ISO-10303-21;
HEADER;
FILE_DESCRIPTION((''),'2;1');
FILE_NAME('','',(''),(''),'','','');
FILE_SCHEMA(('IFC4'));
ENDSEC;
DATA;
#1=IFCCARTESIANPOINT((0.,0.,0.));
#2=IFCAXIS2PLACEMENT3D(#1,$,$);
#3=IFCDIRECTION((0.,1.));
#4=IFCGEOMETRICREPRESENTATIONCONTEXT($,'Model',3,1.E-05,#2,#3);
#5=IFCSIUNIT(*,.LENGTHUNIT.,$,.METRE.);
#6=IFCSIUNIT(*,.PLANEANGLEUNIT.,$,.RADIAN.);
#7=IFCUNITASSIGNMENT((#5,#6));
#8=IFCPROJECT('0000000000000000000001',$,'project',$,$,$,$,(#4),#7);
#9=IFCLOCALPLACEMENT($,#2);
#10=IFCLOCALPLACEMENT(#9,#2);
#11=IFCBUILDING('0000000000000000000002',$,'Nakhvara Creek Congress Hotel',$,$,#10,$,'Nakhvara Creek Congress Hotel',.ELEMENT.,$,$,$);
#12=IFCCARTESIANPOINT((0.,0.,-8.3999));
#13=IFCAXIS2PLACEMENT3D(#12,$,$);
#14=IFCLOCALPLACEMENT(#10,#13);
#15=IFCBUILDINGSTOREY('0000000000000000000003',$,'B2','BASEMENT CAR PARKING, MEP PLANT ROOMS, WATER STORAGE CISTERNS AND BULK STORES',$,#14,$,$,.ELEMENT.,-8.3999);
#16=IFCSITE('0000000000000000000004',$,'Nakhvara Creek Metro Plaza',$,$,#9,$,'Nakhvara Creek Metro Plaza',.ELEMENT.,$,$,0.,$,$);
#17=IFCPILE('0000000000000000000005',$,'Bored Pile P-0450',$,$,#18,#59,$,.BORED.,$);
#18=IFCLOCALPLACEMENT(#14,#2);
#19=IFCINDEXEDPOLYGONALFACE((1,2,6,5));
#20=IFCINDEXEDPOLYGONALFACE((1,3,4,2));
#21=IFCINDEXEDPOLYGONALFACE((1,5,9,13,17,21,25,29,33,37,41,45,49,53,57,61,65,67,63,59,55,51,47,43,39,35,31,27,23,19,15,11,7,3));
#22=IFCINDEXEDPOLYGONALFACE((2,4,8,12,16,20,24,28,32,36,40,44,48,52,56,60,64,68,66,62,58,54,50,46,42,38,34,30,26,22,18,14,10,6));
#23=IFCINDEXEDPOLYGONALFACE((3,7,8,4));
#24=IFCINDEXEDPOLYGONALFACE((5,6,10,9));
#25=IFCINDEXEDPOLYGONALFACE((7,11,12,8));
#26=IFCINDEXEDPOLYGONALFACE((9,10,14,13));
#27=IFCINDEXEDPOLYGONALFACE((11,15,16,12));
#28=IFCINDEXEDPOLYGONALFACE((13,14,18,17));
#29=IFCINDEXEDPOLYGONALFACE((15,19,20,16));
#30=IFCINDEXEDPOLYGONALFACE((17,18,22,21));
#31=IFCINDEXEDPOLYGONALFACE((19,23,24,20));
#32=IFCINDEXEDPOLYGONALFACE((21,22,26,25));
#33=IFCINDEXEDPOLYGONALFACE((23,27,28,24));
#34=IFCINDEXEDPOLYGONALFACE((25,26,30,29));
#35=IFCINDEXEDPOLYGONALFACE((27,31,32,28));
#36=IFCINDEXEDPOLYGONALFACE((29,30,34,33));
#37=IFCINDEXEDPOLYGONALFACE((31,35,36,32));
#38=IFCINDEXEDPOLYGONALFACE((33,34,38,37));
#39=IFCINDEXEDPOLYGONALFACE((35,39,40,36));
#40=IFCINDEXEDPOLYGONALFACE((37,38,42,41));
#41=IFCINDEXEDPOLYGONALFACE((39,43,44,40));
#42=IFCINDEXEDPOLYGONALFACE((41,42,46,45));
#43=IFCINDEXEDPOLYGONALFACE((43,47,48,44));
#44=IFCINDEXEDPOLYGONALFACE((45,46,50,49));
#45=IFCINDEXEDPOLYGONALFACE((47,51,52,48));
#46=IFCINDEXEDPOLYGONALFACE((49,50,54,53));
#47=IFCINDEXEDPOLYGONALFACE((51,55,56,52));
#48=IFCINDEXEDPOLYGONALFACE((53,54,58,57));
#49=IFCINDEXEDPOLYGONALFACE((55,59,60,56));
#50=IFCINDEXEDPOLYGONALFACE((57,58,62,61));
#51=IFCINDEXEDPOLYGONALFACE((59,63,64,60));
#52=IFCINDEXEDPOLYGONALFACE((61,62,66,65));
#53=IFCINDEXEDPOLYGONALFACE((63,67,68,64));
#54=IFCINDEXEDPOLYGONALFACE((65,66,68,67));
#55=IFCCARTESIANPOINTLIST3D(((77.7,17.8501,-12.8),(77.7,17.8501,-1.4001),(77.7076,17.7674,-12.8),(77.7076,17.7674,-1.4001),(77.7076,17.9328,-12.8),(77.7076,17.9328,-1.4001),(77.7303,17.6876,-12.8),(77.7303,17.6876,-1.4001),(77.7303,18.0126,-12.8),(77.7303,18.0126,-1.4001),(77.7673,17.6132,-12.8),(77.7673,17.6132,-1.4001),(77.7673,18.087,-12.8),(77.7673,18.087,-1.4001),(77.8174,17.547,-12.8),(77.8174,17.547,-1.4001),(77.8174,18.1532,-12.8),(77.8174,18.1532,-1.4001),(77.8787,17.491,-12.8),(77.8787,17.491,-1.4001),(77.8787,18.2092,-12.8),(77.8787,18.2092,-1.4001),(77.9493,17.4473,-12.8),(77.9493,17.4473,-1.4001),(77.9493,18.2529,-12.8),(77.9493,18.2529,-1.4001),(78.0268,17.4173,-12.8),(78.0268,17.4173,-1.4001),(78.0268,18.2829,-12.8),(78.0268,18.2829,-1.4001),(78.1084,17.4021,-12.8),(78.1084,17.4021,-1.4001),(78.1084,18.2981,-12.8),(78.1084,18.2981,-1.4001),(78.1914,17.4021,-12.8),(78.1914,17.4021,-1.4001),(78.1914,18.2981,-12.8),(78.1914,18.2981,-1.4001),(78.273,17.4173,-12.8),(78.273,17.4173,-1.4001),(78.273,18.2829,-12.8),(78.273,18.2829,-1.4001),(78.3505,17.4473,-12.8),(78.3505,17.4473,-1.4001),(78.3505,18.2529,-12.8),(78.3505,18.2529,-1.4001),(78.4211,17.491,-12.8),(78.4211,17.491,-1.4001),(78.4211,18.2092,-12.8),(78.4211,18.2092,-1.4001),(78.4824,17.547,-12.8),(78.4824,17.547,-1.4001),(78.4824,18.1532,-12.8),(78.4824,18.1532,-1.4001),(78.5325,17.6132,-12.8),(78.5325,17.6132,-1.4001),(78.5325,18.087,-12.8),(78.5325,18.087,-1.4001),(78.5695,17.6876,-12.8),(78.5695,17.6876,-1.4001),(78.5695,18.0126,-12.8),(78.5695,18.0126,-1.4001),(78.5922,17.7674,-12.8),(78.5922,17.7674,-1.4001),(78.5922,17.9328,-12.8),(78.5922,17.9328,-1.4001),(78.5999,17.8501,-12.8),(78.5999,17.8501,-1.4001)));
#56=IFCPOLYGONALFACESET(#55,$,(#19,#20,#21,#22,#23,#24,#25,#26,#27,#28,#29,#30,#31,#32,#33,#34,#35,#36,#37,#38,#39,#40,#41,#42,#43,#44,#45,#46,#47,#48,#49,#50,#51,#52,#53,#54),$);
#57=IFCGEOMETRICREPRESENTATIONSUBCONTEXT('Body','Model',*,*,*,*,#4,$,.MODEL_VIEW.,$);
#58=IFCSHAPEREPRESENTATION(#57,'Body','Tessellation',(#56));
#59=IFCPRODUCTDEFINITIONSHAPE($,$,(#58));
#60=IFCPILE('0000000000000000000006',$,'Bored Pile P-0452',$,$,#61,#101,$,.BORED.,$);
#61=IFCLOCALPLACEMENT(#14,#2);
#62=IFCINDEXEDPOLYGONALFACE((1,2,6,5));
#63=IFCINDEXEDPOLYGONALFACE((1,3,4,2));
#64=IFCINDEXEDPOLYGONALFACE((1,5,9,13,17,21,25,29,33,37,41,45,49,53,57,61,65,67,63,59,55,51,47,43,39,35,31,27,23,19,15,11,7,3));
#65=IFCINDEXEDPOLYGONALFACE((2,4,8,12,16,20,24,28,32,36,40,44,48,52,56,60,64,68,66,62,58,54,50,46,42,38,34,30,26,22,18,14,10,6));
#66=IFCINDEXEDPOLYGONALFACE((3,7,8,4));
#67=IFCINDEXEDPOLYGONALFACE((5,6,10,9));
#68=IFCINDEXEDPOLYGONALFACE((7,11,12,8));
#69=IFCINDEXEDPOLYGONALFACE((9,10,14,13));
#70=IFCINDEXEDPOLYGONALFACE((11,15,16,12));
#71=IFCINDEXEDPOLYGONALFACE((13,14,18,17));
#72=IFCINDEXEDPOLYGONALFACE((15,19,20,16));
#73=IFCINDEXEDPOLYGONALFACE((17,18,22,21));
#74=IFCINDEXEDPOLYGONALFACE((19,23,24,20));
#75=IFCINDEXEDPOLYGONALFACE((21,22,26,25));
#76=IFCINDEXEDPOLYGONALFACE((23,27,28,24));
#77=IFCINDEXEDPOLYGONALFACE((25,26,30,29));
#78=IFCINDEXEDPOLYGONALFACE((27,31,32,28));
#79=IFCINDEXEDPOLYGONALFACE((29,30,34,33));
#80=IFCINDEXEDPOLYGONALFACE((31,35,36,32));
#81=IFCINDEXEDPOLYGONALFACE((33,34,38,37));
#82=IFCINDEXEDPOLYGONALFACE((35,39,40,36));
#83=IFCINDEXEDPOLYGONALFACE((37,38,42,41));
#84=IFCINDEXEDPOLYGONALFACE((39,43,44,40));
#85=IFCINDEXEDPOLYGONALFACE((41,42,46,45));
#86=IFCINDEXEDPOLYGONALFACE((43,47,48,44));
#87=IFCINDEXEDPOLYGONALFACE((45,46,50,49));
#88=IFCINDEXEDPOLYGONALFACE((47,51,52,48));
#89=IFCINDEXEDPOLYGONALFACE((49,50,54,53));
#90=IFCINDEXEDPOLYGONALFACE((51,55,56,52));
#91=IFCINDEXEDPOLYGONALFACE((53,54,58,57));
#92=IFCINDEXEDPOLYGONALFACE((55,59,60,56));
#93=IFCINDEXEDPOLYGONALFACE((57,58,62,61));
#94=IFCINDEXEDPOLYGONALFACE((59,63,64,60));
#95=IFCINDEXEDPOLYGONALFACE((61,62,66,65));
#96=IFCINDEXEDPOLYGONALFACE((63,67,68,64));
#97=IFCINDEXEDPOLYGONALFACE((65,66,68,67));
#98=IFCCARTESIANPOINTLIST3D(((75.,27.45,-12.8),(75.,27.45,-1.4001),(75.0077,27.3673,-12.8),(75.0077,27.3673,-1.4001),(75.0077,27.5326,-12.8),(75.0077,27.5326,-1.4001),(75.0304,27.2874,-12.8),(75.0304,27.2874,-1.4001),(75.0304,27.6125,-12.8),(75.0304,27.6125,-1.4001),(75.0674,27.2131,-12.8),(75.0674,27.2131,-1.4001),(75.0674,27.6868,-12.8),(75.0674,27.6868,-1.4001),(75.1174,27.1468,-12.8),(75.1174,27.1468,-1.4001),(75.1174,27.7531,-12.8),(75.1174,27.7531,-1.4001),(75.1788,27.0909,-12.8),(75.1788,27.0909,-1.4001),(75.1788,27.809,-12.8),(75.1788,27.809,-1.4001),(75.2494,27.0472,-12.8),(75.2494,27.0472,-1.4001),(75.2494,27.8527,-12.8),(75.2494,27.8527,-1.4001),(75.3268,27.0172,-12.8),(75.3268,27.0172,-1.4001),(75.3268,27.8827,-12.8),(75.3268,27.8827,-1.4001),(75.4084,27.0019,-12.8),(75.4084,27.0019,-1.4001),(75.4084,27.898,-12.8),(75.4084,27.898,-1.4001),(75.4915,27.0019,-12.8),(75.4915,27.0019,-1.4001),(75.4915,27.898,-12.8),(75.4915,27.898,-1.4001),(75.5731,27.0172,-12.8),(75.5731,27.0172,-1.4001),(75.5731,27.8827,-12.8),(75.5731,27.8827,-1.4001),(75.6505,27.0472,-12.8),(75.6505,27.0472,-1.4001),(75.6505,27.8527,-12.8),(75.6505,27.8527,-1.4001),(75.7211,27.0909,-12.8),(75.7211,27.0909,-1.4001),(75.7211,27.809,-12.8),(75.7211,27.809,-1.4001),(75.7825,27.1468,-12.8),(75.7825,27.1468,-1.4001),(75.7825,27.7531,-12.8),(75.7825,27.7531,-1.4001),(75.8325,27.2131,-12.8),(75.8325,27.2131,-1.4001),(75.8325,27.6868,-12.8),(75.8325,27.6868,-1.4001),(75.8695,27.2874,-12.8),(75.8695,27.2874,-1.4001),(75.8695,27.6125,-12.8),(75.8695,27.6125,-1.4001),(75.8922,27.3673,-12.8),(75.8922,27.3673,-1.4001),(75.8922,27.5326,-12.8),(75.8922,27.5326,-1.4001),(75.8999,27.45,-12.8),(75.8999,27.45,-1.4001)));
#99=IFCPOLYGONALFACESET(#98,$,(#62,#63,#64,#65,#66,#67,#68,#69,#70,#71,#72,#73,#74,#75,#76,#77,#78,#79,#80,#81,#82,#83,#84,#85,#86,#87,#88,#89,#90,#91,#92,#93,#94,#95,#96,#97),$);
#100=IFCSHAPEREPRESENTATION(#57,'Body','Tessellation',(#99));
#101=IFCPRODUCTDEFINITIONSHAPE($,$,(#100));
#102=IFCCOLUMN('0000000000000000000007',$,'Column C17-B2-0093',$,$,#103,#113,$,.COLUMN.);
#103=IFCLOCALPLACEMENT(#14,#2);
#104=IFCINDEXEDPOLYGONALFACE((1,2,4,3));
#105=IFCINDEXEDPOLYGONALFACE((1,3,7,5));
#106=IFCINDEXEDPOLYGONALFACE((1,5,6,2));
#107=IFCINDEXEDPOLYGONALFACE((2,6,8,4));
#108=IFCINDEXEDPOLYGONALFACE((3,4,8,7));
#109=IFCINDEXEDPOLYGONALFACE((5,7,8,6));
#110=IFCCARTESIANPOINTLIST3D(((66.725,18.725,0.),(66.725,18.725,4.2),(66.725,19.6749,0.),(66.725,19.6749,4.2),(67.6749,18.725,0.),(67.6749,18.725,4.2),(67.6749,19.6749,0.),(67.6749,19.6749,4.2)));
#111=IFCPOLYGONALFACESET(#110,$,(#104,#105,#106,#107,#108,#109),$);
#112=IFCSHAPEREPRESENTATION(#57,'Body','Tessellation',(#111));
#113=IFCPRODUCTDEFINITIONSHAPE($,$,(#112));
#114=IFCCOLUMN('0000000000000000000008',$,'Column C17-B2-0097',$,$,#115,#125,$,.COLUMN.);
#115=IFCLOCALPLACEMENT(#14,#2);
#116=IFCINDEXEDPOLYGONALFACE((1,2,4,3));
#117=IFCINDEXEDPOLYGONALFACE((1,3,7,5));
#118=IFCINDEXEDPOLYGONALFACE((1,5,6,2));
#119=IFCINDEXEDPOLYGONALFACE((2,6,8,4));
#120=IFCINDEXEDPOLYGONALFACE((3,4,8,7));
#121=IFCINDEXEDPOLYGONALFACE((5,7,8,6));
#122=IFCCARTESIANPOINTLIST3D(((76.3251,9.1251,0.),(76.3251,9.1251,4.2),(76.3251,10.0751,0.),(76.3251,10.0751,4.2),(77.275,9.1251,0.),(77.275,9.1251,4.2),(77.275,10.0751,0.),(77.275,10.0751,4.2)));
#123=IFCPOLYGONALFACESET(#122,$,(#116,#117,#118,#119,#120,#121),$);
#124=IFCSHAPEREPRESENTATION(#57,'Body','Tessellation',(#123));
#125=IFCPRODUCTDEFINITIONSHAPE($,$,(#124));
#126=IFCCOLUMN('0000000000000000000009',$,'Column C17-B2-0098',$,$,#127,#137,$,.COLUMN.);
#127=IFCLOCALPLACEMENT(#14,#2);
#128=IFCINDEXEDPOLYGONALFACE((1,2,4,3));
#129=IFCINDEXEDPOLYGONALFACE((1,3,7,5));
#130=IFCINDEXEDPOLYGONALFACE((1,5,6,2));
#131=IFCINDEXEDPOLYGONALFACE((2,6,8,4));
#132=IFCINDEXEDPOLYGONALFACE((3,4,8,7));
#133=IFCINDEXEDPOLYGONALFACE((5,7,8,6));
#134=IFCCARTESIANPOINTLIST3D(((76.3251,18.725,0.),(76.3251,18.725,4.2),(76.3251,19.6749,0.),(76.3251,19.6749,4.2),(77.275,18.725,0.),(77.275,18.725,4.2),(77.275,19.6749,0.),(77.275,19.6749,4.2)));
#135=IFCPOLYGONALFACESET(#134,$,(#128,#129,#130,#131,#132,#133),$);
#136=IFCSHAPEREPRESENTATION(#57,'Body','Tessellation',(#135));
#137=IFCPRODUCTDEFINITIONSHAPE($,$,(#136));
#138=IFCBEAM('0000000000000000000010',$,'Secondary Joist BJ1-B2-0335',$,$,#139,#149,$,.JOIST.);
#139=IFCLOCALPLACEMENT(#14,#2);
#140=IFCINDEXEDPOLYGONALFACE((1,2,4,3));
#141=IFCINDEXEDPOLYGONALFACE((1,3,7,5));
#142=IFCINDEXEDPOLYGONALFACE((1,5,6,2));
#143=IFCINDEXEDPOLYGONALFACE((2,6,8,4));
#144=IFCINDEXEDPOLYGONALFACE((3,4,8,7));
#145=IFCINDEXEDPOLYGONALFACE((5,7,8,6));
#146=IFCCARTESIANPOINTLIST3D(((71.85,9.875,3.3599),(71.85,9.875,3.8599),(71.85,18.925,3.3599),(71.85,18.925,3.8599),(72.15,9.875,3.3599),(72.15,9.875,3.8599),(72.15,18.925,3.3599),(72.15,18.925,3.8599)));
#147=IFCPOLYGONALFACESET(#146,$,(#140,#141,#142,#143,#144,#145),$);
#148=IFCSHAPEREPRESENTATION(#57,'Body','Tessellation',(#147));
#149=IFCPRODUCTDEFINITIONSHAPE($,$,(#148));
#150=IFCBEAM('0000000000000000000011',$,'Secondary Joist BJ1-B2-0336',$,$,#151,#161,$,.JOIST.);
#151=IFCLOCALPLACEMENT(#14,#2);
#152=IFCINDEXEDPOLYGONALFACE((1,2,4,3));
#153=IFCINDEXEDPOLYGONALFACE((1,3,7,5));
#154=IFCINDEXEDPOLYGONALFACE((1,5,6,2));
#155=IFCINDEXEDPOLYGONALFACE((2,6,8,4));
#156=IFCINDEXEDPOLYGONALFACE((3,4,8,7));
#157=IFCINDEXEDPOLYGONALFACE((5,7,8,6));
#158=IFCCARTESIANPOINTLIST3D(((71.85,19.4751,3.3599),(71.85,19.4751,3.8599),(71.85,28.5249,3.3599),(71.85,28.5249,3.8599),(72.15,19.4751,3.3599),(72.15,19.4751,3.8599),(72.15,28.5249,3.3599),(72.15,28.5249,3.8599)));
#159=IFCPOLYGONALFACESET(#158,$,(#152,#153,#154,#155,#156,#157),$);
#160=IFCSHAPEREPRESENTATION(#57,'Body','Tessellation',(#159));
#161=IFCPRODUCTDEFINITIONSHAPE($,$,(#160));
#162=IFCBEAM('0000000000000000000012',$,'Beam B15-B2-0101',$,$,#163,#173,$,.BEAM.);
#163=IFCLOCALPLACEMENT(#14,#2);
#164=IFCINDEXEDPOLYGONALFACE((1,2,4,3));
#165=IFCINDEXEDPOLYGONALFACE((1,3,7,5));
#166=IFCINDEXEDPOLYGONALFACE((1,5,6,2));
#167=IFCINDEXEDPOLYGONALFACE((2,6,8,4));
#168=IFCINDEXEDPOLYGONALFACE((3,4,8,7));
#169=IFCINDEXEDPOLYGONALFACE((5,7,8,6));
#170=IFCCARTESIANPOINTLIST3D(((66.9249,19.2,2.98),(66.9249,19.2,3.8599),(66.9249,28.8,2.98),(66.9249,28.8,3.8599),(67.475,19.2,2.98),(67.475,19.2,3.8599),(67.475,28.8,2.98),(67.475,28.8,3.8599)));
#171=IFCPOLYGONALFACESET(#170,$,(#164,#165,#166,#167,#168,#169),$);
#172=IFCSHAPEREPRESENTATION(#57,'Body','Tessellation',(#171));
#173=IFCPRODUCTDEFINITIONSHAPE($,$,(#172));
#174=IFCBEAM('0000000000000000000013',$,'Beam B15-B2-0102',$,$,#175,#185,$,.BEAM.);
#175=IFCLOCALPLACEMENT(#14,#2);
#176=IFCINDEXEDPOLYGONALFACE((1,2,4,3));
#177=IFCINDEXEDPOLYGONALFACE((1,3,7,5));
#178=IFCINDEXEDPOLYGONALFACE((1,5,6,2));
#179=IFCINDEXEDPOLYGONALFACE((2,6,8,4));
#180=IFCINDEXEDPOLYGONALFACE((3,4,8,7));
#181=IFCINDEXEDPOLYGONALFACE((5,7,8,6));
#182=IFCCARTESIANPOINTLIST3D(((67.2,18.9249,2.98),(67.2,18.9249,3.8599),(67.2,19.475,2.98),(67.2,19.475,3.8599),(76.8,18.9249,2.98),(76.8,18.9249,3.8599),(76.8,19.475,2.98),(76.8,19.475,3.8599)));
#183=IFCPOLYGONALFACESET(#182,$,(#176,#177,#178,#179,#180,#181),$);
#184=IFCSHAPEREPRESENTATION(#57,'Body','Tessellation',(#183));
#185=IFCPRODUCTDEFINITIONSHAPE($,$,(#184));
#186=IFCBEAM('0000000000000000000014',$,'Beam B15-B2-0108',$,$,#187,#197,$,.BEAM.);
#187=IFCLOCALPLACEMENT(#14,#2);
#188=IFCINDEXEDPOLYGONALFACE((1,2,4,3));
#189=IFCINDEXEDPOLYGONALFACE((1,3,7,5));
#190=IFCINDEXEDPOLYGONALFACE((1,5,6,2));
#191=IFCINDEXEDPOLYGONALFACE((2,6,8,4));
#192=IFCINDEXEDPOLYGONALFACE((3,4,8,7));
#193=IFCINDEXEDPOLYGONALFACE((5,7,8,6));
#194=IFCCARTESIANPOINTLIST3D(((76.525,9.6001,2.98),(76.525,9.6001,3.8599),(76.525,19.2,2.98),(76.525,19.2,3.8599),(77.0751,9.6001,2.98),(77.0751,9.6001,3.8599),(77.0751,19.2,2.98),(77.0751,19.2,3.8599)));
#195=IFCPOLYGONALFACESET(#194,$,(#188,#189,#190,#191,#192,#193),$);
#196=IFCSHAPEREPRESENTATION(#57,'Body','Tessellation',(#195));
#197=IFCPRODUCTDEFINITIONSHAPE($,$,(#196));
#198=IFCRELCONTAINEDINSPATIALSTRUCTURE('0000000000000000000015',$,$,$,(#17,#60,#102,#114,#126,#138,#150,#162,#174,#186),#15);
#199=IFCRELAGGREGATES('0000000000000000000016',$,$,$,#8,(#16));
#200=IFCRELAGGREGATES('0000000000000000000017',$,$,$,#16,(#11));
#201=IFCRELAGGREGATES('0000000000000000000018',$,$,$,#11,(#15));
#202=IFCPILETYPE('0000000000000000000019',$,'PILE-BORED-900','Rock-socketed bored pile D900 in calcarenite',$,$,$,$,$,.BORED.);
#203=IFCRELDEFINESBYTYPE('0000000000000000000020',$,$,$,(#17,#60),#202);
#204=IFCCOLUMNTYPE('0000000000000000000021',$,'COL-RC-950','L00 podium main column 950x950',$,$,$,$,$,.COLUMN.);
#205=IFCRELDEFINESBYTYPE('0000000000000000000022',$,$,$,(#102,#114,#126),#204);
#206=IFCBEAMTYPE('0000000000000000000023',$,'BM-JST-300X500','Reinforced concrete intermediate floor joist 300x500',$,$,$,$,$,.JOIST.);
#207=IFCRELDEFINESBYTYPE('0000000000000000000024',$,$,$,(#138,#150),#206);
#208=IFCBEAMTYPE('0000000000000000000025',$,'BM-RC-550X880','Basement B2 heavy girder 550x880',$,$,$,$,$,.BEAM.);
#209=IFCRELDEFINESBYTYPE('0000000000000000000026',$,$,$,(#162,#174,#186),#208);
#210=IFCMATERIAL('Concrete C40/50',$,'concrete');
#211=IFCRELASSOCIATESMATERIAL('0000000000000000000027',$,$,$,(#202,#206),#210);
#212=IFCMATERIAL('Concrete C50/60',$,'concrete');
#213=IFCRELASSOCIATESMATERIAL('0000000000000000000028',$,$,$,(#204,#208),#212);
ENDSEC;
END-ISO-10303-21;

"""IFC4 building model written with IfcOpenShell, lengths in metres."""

from ifc_helpers import new_model, si_unit, direction, frame, origin, origin_2d, place, context, subcontext, project, spatial, rectangle, circle, extrude, material, material_profile, profile_set, type_object, element, save


model = new_model("IFC4")

# Units and contexts
model_context = context("Model", 3, precision=1e-05, world=origin(), true_north=direction((0.0, 1.0)))
body_context = subcontext(model_context, "Body", "Model", "MODEL_VIEW")
ifc_project = project(units=[si_unit("LENGTHUNIT", "METRE"), si_unit("PLANEANGLEUNIT", "RADIAN")], contexts=[model_context])

# Site, building, storey
site_placement = place(None, origin())
site = spatial("IfcSite", under=ifc_project, at=site_placement, Name="Nakhvara Creek Metro Plaza", LongName="Nakhvara Creek Metro Plaza", CompositionType="ELEMENT", RefElevation=0.0)
building_placement = place(site_placement, origin())
building = spatial("IfcBuilding", under=site, at=building_placement, Name="Nakhvara Creek Congress Hotel", LongName="Nakhvara Creek Congress Hotel", CompositionType="ELEMENT")
storey_placement = place(building_placement, frame((0.0, 0.0, -8.3999)))
storey = spatial("IfcBuildingStorey", under=building, at=storey_placement, Name="B2", Description="BASEMENT CAR PARKING, MEP PLANT ROOMS, WATER STORAGE CISTERNS AND BULK STORES", CompositionType="ELEMENT", Elevation=-8.3999)

# Shared definitions
ifc_material_1 = material(Name="Concrete C40/50", Category="concrete")

# Piles
ifc_material_profile_1 = material_profile(ifc_material_1, circle(Radius=0.45, at=origin_2d()), Name="BORED PILE D900", Category="LoadBearing")
ifc_profile_set_1 = profile_set([ifc_material_profile_1], Name="Concrete C40/50")
pile_type = type_object("IfcPileType", Name="PILE-BORED-900", Description="Rock-socketed bored pile D900 in calcarenite", PredefinedType="BORED", material=ifc_profile_set_1)
for number, where, z_axis, x_axis, name in (
    (1, (78.1499, 17.8501, -1.4001), (0.0, 0.0, -1.0), (1.0, 0.0, 0.0), "Bored Pile P-0450"),
    (2, (75.45, 27.45, -1.4001), (0.0, 0.0, -1.0), (1.0, 0.0, 0.0), "Bored Pile P-0452"),
):
    element("IfcPile", number, at=place(storey_placement, frame(where, z_axis=z_axis, x_axis=x_axis)), inside=storey, type_object=pile_type, Name=name, PredefinedType="BORED", context=body_context, shape_type="SweptSolid", body=[
        extrude(circle(Radius=0.45, at=origin_2d()), origin(), (0.0, 0.0, 1.0), 11.3999),
    ])

# Columns
ifc_material_2 = material(Name="Concrete C50/60", Category="concrete")
ifc_material_profile_2 = material_profile(ifc_material_2, rectangle(XDim=0.95, YDim=0.95, at=origin_2d()), Name="RC-COL 950x950", Category="LoadBearing")
ifc_profile_set_2 = profile_set([ifc_material_profile_2], Name="Concrete C50/60")
column_type = type_object("IfcColumnType", Name="COL-RC-950", Description="L00 podium main column 950x950", PredefinedType="COLUMN", material=ifc_profile_set_2)
for number, where, z_axis, x_axis, name in (
    (3, (67.2, 19.2, 0.0), (0.0, 0.0, 1.0), (1.0, 0.0, 0.0), "Column C17-B2-0093"),
    (4, (76.8, 9.6001, 0.0), (0.0, 0.0, 1.0), (1.0, 0.0, 0.0), "Column C17-B2-0097"),
    (5, (76.8, 19.2, 0.0), (0.0, 0.0, 1.0), (1.0, 0.0, 0.0), "Column C17-B2-0098"),
):
    element("IfcColumn", number, at=place(storey_placement, frame(where, z_axis=z_axis, x_axis=x_axis)), inside=storey, type_object=column_type, Name=name, PredefinedType="COLUMN", context=body_context, shape_type="SweptSolid", body=[
        extrude(rectangle(XDim=0.95, YDim=0.95, at=origin_2d()), origin(), (0.0, 0.0, 1.0), 4.2),
    ])

# Beams
ifc_material_profile_3 = material_profile(ifc_material_1, rectangle(XDim=0.3, YDim=0.5, at=origin_2d()), Name="RC-BM 300x500", Category="LoadBearing")
ifc_profile_set_3 = profile_set([ifc_material_profile_3], Name="Concrete C40/50")
beam_type_1 = type_object("IfcBeamType", Name="BM-JST-300X500", Description="Reinforced concrete intermediate floor joist 300x500", PredefinedType="JOIST", material=ifc_profile_set_3)
beam_1_placement = place(storey_placement, frame((72.0, 9.875, 3.6099), z_axis=(0.0, 1.0, 0.0), x_axis=(-1.0, 0.0, 0.0)))
element("IfcBeam", 6, at=beam_1_placement, inside=storey, type_object=beam_type_1, Name="Secondary Joist BJ1-B2-0335", PredefinedType="JOIST", context=body_context, shape_type="SweptSolid", body=[
    extrude(rectangle(XDim=0.3, YDim=0.5, at=origin_2d()), origin(), (0.0, 0.0, 1.0), 9.05),
])
beam_2_placement = place(storey_placement, frame((72.0, 19.4751, 3.6099), z_axis=(0.0, 1.0, 0.0), x_axis=(-1.0, 0.0, 0.0)))
element("IfcBeam", 7, at=beam_2_placement, inside=storey, type_object=beam_type_1, Name="Secondary Joist BJ1-B2-0336", PredefinedType="JOIST", context=body_context, shape_type="SweptSolid", body=[
    extrude(rectangle(XDim=0.3, YDim=0.5, at=origin_2d()), origin(), (0.0, 0.0, 1.0), 9.0498),
])
ifc_material_profile_4 = material_profile(ifc_material_2, rectangle(XDim=0.55, YDim=0.8799, at=origin_2d()), Name="RC-BM 550x880", Category="LoadBearing")
ifc_profile_set_4 = profile_set([ifc_material_profile_4], Name="Concrete C50/60")
beam_type_2 = type_object("IfcBeamType", Name="BM-RC-550X880", Description="Basement B2 heavy girder 550x880", PredefinedType="BEAM", material=ifc_profile_set_4)
for number, where, z_axis, x_axis, name in (
    (8, (67.2, 19.2, 3.4199), (0.0, 1.0, 0.0), (-1.0, 0.0, 0.0), "Beam B15-B2-0101"),
    (9, (67.2, 19.2, 3.4199), (1.0, 0.0, 0.0), (0.0, 1.0, 0.0), "Beam B15-B2-0102"),
):
    element("IfcBeam", number, at=place(storey_placement, frame(where, z_axis=z_axis, x_axis=x_axis)), inside=storey, type_object=beam_type_2, Name=name, PredefinedType="BEAM", context=body_context, shape_type="SweptSolid", body=[
        extrude(rectangle(XDim=0.55, YDim=0.8799, at=origin_2d()), origin(), (0.0, 0.0, 1.0), 9.6001),
    ])
for number, where, z_axis, x_axis, name in (
    (10, (76.8, 9.6001, 3.4199), (0.0, 1.0, 0.0), (-1.0, 0.0, 0.0), "Beam B15-B2-0108"),
):
    element("IfcBeam", number, at=place(storey_placement, frame(where, z_axis=z_axis, x_axis=x_axis)), inside=storey, type_object=beam_type_2, Name=name, PredefinedType="BEAM", context=body_context, shape_type="SweptSolid", body=[
        extrude(rectangle(XDim=0.55, YDim=0.8799, at=origin_2d()), origin(), (0.0, 0.0, 1.0), 9.5999),
    ])

save(model, "model.ifc")
